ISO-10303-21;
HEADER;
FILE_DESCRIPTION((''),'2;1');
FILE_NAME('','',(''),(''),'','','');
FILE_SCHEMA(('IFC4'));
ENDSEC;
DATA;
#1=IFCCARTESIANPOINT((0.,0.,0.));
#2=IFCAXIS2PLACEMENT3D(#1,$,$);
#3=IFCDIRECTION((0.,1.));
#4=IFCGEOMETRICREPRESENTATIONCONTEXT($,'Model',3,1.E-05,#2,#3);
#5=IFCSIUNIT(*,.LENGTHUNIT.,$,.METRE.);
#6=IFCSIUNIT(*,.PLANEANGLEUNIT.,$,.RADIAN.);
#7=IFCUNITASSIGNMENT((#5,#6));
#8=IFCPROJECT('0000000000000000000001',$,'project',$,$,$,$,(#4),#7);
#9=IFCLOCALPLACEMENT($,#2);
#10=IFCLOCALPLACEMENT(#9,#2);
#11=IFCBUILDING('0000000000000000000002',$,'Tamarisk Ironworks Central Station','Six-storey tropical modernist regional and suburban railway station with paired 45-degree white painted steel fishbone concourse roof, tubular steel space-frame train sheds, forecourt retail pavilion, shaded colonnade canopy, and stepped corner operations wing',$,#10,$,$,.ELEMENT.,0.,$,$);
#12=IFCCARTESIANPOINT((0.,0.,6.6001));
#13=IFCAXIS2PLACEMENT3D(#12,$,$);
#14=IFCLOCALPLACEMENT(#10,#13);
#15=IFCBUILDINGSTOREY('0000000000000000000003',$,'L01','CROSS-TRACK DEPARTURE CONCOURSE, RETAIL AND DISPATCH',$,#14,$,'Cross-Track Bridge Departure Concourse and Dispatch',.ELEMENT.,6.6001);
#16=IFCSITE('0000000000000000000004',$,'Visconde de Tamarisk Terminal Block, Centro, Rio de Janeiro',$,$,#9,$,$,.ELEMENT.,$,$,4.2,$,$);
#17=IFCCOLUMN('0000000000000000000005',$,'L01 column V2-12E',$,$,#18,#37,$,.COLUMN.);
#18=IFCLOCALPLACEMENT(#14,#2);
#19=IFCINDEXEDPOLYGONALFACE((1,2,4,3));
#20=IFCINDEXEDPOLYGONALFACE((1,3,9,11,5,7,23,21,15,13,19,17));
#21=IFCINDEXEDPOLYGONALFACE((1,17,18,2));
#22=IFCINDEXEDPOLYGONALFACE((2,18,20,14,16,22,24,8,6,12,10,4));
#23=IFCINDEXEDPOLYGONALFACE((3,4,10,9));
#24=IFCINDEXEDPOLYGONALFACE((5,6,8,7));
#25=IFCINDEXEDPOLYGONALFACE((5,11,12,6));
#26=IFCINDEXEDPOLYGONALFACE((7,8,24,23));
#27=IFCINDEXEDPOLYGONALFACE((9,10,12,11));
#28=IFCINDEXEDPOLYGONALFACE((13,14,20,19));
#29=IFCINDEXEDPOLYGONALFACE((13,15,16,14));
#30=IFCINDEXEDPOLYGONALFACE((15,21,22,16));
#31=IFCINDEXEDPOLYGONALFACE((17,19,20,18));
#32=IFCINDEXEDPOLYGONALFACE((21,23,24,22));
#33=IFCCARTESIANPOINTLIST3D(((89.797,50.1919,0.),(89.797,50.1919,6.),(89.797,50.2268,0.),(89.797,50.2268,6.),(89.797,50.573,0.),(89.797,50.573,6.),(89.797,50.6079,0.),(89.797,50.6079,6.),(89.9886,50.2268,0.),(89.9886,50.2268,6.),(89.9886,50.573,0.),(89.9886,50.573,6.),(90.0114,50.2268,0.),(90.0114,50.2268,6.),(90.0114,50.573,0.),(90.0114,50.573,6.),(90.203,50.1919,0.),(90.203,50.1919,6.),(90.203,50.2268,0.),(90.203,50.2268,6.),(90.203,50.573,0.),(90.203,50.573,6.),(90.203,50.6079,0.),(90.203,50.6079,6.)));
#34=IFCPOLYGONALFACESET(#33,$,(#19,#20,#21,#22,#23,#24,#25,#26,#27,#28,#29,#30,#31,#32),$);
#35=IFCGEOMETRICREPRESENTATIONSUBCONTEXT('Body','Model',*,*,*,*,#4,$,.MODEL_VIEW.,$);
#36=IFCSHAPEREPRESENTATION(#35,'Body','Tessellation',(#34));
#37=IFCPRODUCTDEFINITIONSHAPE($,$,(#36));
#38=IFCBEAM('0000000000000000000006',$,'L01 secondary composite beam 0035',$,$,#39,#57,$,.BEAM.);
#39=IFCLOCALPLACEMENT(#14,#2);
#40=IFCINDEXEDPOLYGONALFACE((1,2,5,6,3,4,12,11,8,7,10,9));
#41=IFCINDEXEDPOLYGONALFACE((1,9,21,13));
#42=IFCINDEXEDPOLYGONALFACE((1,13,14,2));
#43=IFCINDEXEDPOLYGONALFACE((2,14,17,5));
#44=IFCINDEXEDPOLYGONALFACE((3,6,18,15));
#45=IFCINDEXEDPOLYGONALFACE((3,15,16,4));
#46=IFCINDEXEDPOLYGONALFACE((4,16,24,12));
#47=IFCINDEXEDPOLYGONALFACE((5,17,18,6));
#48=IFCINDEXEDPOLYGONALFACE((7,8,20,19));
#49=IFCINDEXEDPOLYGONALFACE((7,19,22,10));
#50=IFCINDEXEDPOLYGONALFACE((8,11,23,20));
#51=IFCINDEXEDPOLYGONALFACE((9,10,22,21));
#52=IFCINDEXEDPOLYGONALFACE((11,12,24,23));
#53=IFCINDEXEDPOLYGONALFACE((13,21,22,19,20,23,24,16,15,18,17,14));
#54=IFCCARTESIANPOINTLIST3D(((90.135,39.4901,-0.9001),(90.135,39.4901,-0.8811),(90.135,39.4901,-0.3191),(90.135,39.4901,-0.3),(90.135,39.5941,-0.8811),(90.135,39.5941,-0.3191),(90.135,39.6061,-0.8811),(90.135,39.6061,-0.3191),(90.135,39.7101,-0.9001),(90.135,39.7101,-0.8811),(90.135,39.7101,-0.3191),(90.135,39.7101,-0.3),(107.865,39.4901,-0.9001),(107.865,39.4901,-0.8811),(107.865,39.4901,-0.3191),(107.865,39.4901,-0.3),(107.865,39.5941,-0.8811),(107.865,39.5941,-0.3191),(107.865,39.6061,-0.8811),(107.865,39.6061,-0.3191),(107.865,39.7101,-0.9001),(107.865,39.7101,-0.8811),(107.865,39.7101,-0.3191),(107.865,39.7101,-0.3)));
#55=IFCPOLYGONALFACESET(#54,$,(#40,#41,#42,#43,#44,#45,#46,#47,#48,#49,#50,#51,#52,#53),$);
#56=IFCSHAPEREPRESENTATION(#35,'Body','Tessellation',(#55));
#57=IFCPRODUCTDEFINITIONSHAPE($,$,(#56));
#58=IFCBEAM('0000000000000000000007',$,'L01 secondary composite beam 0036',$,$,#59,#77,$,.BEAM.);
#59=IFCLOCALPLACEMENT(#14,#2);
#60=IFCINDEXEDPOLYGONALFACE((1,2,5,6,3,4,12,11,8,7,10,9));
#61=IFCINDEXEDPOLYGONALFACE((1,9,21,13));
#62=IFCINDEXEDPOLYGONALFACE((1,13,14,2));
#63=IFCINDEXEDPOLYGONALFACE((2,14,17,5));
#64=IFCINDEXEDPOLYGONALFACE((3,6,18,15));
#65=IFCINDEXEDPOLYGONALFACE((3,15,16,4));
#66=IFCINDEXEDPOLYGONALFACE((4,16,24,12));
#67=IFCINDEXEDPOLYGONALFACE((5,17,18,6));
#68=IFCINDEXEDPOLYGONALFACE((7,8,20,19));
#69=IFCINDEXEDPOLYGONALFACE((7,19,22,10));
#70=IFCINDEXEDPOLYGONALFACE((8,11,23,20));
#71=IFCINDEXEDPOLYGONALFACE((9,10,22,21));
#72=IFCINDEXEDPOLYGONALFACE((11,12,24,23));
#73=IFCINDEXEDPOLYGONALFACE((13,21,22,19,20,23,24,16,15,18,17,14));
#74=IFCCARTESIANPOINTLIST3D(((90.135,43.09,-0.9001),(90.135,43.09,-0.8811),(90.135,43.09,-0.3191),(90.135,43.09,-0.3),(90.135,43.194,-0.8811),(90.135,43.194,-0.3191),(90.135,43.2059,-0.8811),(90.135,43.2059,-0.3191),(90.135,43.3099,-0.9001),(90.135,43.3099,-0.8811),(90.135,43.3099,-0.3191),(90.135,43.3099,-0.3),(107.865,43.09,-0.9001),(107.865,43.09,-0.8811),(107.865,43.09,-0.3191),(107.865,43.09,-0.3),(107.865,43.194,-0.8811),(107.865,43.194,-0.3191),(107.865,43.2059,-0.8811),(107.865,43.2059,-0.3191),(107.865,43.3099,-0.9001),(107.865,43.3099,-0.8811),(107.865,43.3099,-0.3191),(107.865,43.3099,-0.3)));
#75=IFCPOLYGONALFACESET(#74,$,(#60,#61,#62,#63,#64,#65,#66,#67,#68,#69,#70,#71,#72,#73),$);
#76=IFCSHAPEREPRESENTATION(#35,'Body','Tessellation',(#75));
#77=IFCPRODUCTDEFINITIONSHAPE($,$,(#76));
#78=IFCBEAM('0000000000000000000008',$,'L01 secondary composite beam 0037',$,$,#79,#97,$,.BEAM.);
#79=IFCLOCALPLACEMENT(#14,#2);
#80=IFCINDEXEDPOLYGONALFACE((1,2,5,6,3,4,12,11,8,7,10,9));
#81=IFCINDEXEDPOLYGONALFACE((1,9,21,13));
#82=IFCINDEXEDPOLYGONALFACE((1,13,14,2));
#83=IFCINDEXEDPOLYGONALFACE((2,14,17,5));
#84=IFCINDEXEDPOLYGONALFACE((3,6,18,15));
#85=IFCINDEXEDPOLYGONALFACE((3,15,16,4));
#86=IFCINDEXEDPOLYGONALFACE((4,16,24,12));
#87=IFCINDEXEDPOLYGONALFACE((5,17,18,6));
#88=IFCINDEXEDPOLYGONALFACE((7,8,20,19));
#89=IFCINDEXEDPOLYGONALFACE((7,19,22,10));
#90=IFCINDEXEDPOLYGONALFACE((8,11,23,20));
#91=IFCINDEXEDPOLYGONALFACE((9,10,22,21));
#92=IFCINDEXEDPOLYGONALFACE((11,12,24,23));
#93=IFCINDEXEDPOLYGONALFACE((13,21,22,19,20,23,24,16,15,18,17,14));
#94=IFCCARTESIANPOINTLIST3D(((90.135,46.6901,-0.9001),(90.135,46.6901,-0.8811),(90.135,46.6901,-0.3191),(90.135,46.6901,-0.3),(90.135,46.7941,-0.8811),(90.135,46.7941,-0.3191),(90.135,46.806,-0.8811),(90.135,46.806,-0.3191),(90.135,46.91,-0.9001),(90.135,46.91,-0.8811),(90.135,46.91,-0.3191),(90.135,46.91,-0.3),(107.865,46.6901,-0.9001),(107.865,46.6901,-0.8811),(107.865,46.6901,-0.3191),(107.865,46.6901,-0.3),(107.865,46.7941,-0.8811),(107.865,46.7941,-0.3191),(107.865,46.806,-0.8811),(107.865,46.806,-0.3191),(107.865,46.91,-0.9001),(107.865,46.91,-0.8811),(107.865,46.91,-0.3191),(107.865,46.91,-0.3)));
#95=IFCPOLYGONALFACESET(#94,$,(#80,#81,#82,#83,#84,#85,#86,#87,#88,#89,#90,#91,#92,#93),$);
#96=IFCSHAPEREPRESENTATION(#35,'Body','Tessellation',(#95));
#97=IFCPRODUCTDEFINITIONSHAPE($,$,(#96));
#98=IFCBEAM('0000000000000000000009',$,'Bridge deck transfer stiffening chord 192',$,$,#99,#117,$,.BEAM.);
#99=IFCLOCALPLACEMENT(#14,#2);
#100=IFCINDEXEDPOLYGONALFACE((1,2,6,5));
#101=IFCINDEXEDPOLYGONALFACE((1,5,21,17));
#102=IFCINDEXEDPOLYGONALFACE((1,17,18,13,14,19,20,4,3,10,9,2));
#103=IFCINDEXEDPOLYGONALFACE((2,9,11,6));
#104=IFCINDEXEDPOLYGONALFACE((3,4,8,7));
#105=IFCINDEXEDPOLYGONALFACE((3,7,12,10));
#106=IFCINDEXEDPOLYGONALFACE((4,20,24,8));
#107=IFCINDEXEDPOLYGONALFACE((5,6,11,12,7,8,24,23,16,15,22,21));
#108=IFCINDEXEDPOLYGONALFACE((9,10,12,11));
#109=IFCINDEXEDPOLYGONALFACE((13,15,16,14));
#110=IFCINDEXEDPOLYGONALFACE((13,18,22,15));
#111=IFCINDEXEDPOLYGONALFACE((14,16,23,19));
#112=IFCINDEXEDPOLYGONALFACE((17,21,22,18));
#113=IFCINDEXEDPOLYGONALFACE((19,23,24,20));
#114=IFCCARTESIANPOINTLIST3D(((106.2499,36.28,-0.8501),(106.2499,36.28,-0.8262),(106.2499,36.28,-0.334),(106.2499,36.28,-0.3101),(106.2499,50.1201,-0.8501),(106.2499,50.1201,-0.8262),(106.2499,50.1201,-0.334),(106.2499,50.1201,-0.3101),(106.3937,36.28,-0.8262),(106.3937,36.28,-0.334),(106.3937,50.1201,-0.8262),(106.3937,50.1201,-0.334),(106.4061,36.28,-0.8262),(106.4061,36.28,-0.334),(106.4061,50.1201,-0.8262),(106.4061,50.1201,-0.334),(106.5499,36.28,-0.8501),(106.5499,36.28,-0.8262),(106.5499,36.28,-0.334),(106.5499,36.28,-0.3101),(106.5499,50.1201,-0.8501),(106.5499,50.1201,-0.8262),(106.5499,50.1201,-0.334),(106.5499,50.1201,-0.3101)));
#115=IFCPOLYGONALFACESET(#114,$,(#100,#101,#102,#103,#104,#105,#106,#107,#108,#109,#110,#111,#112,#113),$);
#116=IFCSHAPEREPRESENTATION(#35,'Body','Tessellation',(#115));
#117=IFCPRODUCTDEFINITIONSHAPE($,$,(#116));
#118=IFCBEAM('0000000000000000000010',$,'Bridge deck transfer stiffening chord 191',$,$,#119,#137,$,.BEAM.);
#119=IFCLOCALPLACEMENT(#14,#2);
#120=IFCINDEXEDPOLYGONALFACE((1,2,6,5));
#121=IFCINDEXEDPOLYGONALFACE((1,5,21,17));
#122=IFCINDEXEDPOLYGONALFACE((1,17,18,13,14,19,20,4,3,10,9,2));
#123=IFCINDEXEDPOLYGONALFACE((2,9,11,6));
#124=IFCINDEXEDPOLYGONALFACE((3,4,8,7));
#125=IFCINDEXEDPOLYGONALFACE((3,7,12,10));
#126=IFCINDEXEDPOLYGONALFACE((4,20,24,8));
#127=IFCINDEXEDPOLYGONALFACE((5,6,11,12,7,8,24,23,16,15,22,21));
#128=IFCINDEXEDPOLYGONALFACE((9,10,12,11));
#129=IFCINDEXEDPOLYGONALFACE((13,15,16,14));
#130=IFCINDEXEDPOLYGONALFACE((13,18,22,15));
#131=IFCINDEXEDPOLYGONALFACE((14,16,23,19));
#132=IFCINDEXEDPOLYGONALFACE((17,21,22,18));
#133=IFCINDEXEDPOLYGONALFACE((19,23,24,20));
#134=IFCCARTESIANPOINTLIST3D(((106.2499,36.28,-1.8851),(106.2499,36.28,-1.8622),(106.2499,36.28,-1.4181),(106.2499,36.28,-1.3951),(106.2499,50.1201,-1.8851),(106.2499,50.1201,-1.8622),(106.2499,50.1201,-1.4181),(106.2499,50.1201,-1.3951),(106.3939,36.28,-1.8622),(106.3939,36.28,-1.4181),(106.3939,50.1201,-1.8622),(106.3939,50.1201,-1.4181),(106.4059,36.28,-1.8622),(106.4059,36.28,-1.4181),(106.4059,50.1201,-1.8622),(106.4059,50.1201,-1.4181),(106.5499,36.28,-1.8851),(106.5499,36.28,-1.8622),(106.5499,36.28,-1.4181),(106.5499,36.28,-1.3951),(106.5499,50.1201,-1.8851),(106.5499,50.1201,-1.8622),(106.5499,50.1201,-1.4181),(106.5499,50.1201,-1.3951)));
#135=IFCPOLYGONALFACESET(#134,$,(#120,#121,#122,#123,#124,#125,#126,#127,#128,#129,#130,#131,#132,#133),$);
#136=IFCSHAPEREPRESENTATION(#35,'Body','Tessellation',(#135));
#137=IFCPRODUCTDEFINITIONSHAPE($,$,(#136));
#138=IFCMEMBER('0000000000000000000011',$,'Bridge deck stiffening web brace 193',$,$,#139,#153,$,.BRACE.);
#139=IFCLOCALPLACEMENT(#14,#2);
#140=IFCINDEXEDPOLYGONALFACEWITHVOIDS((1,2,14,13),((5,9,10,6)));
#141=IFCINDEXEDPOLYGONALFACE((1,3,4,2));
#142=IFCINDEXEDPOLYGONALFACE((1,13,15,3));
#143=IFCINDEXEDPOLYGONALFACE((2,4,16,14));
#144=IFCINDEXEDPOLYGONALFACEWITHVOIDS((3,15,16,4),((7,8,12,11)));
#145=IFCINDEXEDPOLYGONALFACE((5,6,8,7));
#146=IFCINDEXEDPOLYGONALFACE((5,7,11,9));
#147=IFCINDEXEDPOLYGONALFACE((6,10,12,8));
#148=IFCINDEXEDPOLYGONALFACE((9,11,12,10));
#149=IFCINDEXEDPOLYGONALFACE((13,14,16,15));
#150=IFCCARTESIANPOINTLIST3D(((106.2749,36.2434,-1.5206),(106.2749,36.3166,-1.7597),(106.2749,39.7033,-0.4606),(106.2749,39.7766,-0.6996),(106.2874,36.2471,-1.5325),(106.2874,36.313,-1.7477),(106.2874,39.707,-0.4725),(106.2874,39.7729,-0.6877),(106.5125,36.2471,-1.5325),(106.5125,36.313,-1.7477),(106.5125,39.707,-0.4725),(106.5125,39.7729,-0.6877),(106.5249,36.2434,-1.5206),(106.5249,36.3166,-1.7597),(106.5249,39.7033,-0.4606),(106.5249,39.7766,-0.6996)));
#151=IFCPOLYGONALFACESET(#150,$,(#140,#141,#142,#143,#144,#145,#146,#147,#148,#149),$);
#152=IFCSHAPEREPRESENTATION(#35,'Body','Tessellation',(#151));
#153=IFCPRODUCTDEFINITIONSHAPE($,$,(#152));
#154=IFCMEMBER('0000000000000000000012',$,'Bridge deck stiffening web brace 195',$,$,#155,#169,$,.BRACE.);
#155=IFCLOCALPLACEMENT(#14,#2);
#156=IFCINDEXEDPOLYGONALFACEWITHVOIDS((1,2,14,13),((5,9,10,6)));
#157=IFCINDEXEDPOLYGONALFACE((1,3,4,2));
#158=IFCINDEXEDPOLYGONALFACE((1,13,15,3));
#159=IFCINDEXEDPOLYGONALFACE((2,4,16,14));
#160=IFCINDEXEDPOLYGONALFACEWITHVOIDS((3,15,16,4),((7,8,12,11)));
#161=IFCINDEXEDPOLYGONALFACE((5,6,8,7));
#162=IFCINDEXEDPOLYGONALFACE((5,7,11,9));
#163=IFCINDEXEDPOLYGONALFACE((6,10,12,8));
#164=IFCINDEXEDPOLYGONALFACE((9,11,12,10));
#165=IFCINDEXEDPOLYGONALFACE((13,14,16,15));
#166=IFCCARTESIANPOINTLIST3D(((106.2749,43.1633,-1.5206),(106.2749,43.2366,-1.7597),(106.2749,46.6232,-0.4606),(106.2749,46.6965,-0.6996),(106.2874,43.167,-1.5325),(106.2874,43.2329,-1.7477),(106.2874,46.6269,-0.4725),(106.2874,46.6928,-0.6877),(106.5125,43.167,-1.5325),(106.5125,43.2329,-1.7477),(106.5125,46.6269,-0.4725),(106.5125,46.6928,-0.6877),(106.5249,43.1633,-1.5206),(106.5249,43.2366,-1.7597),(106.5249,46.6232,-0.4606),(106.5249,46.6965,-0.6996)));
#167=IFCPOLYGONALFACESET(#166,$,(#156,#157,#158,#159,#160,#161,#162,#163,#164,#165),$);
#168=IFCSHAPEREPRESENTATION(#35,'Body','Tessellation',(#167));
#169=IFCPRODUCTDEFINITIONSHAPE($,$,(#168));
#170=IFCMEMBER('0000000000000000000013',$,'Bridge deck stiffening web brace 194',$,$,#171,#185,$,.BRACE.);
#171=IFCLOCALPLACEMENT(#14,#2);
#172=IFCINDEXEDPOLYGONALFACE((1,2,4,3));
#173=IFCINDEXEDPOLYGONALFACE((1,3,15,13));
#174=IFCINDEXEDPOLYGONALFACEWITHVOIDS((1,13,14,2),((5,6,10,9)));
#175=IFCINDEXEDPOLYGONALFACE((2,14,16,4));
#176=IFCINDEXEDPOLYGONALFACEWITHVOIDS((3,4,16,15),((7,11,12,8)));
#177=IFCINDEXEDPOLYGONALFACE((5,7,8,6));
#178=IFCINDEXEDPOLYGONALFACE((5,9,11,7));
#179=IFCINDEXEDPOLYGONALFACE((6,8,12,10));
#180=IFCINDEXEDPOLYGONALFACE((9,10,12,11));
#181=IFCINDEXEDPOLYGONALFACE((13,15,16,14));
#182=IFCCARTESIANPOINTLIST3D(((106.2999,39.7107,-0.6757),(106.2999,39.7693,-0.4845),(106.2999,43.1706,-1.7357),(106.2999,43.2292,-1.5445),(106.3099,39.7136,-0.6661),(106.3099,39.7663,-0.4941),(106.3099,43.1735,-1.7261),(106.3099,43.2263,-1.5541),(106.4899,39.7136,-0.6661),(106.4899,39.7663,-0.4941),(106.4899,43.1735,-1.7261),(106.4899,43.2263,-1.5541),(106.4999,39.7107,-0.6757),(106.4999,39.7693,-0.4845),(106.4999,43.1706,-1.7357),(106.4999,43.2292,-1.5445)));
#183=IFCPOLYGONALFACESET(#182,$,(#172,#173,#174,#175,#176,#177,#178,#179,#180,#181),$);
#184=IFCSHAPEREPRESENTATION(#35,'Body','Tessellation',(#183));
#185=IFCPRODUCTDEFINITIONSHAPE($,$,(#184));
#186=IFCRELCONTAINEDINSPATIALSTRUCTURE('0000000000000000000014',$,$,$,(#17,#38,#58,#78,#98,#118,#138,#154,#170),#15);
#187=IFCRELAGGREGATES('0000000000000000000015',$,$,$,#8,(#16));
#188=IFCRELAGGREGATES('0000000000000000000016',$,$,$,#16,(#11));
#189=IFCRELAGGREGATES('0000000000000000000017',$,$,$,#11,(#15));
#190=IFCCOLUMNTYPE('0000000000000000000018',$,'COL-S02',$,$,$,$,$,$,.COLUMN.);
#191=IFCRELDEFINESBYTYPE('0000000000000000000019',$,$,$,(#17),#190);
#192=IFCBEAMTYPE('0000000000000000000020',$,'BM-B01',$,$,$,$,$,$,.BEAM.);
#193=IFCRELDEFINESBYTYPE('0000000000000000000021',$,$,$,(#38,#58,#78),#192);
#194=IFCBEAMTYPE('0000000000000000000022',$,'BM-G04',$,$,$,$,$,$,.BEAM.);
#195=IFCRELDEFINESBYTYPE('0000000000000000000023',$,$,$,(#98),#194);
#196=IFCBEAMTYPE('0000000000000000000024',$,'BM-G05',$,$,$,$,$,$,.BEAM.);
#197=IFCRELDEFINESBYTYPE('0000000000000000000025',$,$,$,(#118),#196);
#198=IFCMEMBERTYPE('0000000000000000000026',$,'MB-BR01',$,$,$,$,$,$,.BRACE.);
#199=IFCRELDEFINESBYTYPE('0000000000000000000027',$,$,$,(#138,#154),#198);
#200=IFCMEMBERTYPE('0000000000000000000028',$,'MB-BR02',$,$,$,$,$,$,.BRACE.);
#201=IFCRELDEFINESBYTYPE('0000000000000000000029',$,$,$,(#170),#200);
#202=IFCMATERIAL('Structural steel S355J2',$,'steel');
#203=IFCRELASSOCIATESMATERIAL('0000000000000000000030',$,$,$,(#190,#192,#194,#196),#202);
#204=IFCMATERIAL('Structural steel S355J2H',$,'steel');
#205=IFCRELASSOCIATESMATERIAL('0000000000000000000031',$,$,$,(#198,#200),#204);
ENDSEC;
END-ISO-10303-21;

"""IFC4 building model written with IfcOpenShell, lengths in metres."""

from ifc_helpers import new_model, si_unit, direction, frame, origin, origin_2d, place, context, subcontext, project, spatial, hollow_rectangle, i_section, extrude, material, material_profile, profile_set, type_object, element, save


model = new_model("IFC4")

# Units and contexts
model_context = context("Model", 3, precision=1e-05, world=origin(), true_north=direction((0.0, 1.0)))
body_context = subcontext(model_context, "Body", "Model", "MODEL_VIEW")
ifc_project = project(units=[si_unit("LENGTHUNIT", "METRE"), si_unit("PLANEANGLEUNIT", "RADIAN")], contexts=[model_context])

# Site, building, storey
site_placement = place(None, origin())
site = spatial("IfcSite", under=ifc_project, at=site_placement, Name="Visconde de Tamarisk Terminal Block, Centro, Rio de Janeiro", CompositionType="ELEMENT", RefElevation=4.2)
building_placement = place(site_placement, origin())
building = spatial("IfcBuilding", under=site, at=building_placement, Name="Tamarisk Ironworks Central Station", Description="Six-storey tropical modernist regional and suburban railway station with paired 45-degree white painted steel fishbone concourse roof, tubular steel space-frame train sheds, forecourt retail pavilion, shaded colonnade canopy, and stepped corner operations wing", CompositionType="ELEMENT", ElevationOfRefHeight=0.0)
storey_placement = place(building_placement, frame((0.0, 0.0, 6.6001)))
storey = spatial("IfcBuildingStorey", under=building, at=storey_placement, Name="L01", Description="CROSS-TRACK DEPARTURE CONCOURSE, RETAIL AND DISPATCH", LongName="Cross-Track Bridge Departure Concourse and Dispatch", CompositionType="ELEMENT", Elevation=6.6001)

# Column
ifc_material_1 = material(Name="Structural steel S355J2", Category="steel")
ifc_material_profile_1 = material_profile(ifc_material_1, i_section(OverallWidth=0.406, OverallDepth=0.416, WebThickness=0.0227, FlangeThickness=0.0349, at=origin_2d()), Name="HD 400x382")
ifc_profile_set_1 = profile_set([ifc_material_profile_1], Name="Structural steel S355J2")
column_type = type_object("IfcColumnType", Name="COL-S02", PredefinedType="COLUMN", material=ifc_profile_set_1)
column_placement = place(storey_placement, frame((90.0, 50.3999, 0.0), z_axis=(0.0, 0.0, 1.0), x_axis=(1.0, 0.0, 0.0)))
element("IfcColumn", 1, at=column_placement, inside=storey, type_object=column_type, Name="L01 column V2-12E", PredefinedType="COLUMN", context=body_context, shape_type="SweptSolid", body=[
    extrude(i_section(OverallWidth=0.406, OverallDepth=0.416, WebThickness=0.0227, FlangeThickness=0.0349, at=origin_2d()), origin(), (0.0, 0.0, 1.0), 6.0),
])

# Beams
ifc_material_profile_2 = material_profile(ifc_material_1, i_section(OverallWidth=0.22, OverallDepth=0.6001, WebThickness=0.012, FlangeThickness=0.019, at=origin_2d()), Name="IPE 600")
ifc_profile_set_2 = profile_set([ifc_material_profile_2], Name="Structural steel S355J2")
beam_type_1 = type_object("IfcBeamType", Name="BM-B01", PredefinedType="BEAM", material=ifc_profile_set_2)
for number, where, z_axis, x_axis, name in (
    (2, (90.135, 39.6001, -0.6001), (1.0, 0.0, 0.0), (0.0, 1.0, 0.0), "L01 secondary composite beam 0035"),
    (3, (90.135, 43.2, -0.6001), (1.0, 0.0, 0.0), (0.0, 1.0, 0.0), "L01 secondary composite beam 0036"),
    (4, (90.135, 46.8, -0.6001), (1.0, 0.0, 0.0), (0.0, 1.0, 0.0), "L01 secondary composite beam 0037"),
):
    element("IfcBeam", number, at=place(storey_placement, frame(where, z_axis=z_axis, x_axis=x_axis)), inside=storey, type_object=beam_type_1, Name=name, PredefinedType="BEAM", context=body_context, shape_type="SweptSolid", body=[
        extrude(i_section(OverallWidth=0.22, OverallDepth=0.6001, WebThickness=0.012, FlangeThickness=0.019, at=origin_2d()), origin(), (0.0, 0.0, 1.0), 17.73),
    ])
ifc_material_profile_3 = material_profile(ifc_material_1, i_section(OverallWidth=0.3, OverallDepth=0.54, WebThickness=0.0125, FlangeThickness=0.0239, at=origin_2d()), Name="HEA 550")
ifc_profile_set_3 = profile_set([ifc_material_profile_3], Name="Structural steel S355J2")
beam_type_2 = type_object("IfcBeamType", Name="BM-G04", PredefinedType="BEAM", material=ifc_profile_set_3)
beam_1_placement = place(storey_placement, frame((106.3999, 36.28, -0.5801), z_axis=(0.0, 1.0, 0.0), x_axis=(-1.0, 0.0, 0.0)))
element("IfcBeam", 5, at=beam_1_placement, inside=storey, type_object=beam_type_2, Name="Bridge deck transfer stiffening chord 192", PredefinedType="BEAM", context=body_context, shape_type="SweptSolid", body=[
    extrude(i_section(OverallWidth=0.3, OverallDepth=0.54, WebThickness=0.0125, FlangeThickness=0.0239, at=origin_2d()), origin(), (0.0, 0.0, 1.0), 13.8401),
])
ifc_material_profile_4 = material_profile(ifc_material_1, i_section(OverallWidth=0.3, OverallDepth=0.49, WebThickness=0.012, FlangeThickness=0.0229, at=origin_2d()), Name="HEA 500")
ifc_profile_set_4 = profile_set([ifc_material_profile_4], Name="Structural steel S355J2")
beam_type_3 = type_object("IfcBeamType", Name="BM-G05", PredefinedType="BEAM", material=ifc_profile_set_4)
beam_2_placement = place(storey_placement, frame((106.3999, 36.28, -1.6401), z_axis=(0.0, 1.0, 0.0), x_axis=(-1.0, 0.0, 0.0)))
element("IfcBeam", 6, at=beam_2_placement, inside=storey, type_object=beam_type_3, Name="Bridge deck transfer stiffening chord 191", PredefinedType="BEAM", context=body_context, shape_type="SweptSolid", body=[
    extrude(i_section(OverallWidth=0.3, OverallDepth=0.49, WebThickness=0.012, FlangeThickness=0.0229, at=origin_2d()), origin(), (0.0, 0.0, 1.0), 13.8401),
])

# Members
ifc_material_2 = material(Name="Structural steel S355J2H", Category="steel")
ifc_material_profile_5 = material_profile(ifc_material_2, hollow_rectangle(XDim=0.25, YDim=0.25, WallThickness=0.0125, at=origin_2d()), Name="SHS 250x250x12.5")
ifc_profile_set_5 = profile_set([ifc_material_profile_5], Name="Structural steel S355J2H")
member_type_1 = type_object("IfcMemberType", Name="MB-BR01", PredefinedType="BRACE", material=ifc_profile_set_5)
for number, where, z_axis, x_axis, name in (
    (7, (106.3999, 36.28, -1.6401), (0.0, 0.956131, 0.292938), (-1.0, 0.0, 0.0), "Bridge deck stiffening web brace 193"),
    (8, (106.3999, 43.2, -1.6401), (0.0, 0.956131, 0.292938), (-1.0, 0.0, 0.0), "Bridge deck stiffening web brace 195"),
):
    element("IfcMember", number, at=place(storey_placement, frame(where, z_axis=z_axis, x_axis=x_axis)), inside=storey, type_object=member_type_1, Name=name, PredefinedType="BRACE", context=body_context, shape_type="SweptSolid", body=[
        extrude(hollow_rectangle(XDim=0.25, YDim=0.25, WallThickness=0.0125, at=origin_2d()), origin(), (0.0, 0.0, 1.0), 3.6187),
    ])
ifc_material_profile_6 = material_profile(ifc_material_2, hollow_rectangle(XDim=0.2, YDim=0.2, WallThickness=0.01, at=origin_2d()), Name="SHS 200x200x10")
ifc_profile_set_6 = profile_set([ifc_material_profile_6], Name="Structural steel S355J2H")
member_type_2 = type_object("IfcMemberType", Name="MB-BR02", PredefinedType="BRACE", material=ifc_profile_set_6)
member_1_placement = place(storey_placement, frame((106.3999, 39.74, -0.5801), z_axis=(0.0, 0.956131, -0.292938), x_axis=(-1.0, 0.0, 0.0)))
element("IfcMember", 9, at=member_1_placement, inside=storey, type_object=member_type_2, Name="Bridge deck stiffening web brace 194", PredefinedType="BRACE", context=body_context, shape_type="SweptSolid", body=[
    extrude(hollow_rectangle(XDim=0.2, YDim=0.2, WallThickness=0.01, at=origin_2d()), origin(), (0.0, 0.0, 1.0), 3.6187),
])

save(model, "model.ifc")
